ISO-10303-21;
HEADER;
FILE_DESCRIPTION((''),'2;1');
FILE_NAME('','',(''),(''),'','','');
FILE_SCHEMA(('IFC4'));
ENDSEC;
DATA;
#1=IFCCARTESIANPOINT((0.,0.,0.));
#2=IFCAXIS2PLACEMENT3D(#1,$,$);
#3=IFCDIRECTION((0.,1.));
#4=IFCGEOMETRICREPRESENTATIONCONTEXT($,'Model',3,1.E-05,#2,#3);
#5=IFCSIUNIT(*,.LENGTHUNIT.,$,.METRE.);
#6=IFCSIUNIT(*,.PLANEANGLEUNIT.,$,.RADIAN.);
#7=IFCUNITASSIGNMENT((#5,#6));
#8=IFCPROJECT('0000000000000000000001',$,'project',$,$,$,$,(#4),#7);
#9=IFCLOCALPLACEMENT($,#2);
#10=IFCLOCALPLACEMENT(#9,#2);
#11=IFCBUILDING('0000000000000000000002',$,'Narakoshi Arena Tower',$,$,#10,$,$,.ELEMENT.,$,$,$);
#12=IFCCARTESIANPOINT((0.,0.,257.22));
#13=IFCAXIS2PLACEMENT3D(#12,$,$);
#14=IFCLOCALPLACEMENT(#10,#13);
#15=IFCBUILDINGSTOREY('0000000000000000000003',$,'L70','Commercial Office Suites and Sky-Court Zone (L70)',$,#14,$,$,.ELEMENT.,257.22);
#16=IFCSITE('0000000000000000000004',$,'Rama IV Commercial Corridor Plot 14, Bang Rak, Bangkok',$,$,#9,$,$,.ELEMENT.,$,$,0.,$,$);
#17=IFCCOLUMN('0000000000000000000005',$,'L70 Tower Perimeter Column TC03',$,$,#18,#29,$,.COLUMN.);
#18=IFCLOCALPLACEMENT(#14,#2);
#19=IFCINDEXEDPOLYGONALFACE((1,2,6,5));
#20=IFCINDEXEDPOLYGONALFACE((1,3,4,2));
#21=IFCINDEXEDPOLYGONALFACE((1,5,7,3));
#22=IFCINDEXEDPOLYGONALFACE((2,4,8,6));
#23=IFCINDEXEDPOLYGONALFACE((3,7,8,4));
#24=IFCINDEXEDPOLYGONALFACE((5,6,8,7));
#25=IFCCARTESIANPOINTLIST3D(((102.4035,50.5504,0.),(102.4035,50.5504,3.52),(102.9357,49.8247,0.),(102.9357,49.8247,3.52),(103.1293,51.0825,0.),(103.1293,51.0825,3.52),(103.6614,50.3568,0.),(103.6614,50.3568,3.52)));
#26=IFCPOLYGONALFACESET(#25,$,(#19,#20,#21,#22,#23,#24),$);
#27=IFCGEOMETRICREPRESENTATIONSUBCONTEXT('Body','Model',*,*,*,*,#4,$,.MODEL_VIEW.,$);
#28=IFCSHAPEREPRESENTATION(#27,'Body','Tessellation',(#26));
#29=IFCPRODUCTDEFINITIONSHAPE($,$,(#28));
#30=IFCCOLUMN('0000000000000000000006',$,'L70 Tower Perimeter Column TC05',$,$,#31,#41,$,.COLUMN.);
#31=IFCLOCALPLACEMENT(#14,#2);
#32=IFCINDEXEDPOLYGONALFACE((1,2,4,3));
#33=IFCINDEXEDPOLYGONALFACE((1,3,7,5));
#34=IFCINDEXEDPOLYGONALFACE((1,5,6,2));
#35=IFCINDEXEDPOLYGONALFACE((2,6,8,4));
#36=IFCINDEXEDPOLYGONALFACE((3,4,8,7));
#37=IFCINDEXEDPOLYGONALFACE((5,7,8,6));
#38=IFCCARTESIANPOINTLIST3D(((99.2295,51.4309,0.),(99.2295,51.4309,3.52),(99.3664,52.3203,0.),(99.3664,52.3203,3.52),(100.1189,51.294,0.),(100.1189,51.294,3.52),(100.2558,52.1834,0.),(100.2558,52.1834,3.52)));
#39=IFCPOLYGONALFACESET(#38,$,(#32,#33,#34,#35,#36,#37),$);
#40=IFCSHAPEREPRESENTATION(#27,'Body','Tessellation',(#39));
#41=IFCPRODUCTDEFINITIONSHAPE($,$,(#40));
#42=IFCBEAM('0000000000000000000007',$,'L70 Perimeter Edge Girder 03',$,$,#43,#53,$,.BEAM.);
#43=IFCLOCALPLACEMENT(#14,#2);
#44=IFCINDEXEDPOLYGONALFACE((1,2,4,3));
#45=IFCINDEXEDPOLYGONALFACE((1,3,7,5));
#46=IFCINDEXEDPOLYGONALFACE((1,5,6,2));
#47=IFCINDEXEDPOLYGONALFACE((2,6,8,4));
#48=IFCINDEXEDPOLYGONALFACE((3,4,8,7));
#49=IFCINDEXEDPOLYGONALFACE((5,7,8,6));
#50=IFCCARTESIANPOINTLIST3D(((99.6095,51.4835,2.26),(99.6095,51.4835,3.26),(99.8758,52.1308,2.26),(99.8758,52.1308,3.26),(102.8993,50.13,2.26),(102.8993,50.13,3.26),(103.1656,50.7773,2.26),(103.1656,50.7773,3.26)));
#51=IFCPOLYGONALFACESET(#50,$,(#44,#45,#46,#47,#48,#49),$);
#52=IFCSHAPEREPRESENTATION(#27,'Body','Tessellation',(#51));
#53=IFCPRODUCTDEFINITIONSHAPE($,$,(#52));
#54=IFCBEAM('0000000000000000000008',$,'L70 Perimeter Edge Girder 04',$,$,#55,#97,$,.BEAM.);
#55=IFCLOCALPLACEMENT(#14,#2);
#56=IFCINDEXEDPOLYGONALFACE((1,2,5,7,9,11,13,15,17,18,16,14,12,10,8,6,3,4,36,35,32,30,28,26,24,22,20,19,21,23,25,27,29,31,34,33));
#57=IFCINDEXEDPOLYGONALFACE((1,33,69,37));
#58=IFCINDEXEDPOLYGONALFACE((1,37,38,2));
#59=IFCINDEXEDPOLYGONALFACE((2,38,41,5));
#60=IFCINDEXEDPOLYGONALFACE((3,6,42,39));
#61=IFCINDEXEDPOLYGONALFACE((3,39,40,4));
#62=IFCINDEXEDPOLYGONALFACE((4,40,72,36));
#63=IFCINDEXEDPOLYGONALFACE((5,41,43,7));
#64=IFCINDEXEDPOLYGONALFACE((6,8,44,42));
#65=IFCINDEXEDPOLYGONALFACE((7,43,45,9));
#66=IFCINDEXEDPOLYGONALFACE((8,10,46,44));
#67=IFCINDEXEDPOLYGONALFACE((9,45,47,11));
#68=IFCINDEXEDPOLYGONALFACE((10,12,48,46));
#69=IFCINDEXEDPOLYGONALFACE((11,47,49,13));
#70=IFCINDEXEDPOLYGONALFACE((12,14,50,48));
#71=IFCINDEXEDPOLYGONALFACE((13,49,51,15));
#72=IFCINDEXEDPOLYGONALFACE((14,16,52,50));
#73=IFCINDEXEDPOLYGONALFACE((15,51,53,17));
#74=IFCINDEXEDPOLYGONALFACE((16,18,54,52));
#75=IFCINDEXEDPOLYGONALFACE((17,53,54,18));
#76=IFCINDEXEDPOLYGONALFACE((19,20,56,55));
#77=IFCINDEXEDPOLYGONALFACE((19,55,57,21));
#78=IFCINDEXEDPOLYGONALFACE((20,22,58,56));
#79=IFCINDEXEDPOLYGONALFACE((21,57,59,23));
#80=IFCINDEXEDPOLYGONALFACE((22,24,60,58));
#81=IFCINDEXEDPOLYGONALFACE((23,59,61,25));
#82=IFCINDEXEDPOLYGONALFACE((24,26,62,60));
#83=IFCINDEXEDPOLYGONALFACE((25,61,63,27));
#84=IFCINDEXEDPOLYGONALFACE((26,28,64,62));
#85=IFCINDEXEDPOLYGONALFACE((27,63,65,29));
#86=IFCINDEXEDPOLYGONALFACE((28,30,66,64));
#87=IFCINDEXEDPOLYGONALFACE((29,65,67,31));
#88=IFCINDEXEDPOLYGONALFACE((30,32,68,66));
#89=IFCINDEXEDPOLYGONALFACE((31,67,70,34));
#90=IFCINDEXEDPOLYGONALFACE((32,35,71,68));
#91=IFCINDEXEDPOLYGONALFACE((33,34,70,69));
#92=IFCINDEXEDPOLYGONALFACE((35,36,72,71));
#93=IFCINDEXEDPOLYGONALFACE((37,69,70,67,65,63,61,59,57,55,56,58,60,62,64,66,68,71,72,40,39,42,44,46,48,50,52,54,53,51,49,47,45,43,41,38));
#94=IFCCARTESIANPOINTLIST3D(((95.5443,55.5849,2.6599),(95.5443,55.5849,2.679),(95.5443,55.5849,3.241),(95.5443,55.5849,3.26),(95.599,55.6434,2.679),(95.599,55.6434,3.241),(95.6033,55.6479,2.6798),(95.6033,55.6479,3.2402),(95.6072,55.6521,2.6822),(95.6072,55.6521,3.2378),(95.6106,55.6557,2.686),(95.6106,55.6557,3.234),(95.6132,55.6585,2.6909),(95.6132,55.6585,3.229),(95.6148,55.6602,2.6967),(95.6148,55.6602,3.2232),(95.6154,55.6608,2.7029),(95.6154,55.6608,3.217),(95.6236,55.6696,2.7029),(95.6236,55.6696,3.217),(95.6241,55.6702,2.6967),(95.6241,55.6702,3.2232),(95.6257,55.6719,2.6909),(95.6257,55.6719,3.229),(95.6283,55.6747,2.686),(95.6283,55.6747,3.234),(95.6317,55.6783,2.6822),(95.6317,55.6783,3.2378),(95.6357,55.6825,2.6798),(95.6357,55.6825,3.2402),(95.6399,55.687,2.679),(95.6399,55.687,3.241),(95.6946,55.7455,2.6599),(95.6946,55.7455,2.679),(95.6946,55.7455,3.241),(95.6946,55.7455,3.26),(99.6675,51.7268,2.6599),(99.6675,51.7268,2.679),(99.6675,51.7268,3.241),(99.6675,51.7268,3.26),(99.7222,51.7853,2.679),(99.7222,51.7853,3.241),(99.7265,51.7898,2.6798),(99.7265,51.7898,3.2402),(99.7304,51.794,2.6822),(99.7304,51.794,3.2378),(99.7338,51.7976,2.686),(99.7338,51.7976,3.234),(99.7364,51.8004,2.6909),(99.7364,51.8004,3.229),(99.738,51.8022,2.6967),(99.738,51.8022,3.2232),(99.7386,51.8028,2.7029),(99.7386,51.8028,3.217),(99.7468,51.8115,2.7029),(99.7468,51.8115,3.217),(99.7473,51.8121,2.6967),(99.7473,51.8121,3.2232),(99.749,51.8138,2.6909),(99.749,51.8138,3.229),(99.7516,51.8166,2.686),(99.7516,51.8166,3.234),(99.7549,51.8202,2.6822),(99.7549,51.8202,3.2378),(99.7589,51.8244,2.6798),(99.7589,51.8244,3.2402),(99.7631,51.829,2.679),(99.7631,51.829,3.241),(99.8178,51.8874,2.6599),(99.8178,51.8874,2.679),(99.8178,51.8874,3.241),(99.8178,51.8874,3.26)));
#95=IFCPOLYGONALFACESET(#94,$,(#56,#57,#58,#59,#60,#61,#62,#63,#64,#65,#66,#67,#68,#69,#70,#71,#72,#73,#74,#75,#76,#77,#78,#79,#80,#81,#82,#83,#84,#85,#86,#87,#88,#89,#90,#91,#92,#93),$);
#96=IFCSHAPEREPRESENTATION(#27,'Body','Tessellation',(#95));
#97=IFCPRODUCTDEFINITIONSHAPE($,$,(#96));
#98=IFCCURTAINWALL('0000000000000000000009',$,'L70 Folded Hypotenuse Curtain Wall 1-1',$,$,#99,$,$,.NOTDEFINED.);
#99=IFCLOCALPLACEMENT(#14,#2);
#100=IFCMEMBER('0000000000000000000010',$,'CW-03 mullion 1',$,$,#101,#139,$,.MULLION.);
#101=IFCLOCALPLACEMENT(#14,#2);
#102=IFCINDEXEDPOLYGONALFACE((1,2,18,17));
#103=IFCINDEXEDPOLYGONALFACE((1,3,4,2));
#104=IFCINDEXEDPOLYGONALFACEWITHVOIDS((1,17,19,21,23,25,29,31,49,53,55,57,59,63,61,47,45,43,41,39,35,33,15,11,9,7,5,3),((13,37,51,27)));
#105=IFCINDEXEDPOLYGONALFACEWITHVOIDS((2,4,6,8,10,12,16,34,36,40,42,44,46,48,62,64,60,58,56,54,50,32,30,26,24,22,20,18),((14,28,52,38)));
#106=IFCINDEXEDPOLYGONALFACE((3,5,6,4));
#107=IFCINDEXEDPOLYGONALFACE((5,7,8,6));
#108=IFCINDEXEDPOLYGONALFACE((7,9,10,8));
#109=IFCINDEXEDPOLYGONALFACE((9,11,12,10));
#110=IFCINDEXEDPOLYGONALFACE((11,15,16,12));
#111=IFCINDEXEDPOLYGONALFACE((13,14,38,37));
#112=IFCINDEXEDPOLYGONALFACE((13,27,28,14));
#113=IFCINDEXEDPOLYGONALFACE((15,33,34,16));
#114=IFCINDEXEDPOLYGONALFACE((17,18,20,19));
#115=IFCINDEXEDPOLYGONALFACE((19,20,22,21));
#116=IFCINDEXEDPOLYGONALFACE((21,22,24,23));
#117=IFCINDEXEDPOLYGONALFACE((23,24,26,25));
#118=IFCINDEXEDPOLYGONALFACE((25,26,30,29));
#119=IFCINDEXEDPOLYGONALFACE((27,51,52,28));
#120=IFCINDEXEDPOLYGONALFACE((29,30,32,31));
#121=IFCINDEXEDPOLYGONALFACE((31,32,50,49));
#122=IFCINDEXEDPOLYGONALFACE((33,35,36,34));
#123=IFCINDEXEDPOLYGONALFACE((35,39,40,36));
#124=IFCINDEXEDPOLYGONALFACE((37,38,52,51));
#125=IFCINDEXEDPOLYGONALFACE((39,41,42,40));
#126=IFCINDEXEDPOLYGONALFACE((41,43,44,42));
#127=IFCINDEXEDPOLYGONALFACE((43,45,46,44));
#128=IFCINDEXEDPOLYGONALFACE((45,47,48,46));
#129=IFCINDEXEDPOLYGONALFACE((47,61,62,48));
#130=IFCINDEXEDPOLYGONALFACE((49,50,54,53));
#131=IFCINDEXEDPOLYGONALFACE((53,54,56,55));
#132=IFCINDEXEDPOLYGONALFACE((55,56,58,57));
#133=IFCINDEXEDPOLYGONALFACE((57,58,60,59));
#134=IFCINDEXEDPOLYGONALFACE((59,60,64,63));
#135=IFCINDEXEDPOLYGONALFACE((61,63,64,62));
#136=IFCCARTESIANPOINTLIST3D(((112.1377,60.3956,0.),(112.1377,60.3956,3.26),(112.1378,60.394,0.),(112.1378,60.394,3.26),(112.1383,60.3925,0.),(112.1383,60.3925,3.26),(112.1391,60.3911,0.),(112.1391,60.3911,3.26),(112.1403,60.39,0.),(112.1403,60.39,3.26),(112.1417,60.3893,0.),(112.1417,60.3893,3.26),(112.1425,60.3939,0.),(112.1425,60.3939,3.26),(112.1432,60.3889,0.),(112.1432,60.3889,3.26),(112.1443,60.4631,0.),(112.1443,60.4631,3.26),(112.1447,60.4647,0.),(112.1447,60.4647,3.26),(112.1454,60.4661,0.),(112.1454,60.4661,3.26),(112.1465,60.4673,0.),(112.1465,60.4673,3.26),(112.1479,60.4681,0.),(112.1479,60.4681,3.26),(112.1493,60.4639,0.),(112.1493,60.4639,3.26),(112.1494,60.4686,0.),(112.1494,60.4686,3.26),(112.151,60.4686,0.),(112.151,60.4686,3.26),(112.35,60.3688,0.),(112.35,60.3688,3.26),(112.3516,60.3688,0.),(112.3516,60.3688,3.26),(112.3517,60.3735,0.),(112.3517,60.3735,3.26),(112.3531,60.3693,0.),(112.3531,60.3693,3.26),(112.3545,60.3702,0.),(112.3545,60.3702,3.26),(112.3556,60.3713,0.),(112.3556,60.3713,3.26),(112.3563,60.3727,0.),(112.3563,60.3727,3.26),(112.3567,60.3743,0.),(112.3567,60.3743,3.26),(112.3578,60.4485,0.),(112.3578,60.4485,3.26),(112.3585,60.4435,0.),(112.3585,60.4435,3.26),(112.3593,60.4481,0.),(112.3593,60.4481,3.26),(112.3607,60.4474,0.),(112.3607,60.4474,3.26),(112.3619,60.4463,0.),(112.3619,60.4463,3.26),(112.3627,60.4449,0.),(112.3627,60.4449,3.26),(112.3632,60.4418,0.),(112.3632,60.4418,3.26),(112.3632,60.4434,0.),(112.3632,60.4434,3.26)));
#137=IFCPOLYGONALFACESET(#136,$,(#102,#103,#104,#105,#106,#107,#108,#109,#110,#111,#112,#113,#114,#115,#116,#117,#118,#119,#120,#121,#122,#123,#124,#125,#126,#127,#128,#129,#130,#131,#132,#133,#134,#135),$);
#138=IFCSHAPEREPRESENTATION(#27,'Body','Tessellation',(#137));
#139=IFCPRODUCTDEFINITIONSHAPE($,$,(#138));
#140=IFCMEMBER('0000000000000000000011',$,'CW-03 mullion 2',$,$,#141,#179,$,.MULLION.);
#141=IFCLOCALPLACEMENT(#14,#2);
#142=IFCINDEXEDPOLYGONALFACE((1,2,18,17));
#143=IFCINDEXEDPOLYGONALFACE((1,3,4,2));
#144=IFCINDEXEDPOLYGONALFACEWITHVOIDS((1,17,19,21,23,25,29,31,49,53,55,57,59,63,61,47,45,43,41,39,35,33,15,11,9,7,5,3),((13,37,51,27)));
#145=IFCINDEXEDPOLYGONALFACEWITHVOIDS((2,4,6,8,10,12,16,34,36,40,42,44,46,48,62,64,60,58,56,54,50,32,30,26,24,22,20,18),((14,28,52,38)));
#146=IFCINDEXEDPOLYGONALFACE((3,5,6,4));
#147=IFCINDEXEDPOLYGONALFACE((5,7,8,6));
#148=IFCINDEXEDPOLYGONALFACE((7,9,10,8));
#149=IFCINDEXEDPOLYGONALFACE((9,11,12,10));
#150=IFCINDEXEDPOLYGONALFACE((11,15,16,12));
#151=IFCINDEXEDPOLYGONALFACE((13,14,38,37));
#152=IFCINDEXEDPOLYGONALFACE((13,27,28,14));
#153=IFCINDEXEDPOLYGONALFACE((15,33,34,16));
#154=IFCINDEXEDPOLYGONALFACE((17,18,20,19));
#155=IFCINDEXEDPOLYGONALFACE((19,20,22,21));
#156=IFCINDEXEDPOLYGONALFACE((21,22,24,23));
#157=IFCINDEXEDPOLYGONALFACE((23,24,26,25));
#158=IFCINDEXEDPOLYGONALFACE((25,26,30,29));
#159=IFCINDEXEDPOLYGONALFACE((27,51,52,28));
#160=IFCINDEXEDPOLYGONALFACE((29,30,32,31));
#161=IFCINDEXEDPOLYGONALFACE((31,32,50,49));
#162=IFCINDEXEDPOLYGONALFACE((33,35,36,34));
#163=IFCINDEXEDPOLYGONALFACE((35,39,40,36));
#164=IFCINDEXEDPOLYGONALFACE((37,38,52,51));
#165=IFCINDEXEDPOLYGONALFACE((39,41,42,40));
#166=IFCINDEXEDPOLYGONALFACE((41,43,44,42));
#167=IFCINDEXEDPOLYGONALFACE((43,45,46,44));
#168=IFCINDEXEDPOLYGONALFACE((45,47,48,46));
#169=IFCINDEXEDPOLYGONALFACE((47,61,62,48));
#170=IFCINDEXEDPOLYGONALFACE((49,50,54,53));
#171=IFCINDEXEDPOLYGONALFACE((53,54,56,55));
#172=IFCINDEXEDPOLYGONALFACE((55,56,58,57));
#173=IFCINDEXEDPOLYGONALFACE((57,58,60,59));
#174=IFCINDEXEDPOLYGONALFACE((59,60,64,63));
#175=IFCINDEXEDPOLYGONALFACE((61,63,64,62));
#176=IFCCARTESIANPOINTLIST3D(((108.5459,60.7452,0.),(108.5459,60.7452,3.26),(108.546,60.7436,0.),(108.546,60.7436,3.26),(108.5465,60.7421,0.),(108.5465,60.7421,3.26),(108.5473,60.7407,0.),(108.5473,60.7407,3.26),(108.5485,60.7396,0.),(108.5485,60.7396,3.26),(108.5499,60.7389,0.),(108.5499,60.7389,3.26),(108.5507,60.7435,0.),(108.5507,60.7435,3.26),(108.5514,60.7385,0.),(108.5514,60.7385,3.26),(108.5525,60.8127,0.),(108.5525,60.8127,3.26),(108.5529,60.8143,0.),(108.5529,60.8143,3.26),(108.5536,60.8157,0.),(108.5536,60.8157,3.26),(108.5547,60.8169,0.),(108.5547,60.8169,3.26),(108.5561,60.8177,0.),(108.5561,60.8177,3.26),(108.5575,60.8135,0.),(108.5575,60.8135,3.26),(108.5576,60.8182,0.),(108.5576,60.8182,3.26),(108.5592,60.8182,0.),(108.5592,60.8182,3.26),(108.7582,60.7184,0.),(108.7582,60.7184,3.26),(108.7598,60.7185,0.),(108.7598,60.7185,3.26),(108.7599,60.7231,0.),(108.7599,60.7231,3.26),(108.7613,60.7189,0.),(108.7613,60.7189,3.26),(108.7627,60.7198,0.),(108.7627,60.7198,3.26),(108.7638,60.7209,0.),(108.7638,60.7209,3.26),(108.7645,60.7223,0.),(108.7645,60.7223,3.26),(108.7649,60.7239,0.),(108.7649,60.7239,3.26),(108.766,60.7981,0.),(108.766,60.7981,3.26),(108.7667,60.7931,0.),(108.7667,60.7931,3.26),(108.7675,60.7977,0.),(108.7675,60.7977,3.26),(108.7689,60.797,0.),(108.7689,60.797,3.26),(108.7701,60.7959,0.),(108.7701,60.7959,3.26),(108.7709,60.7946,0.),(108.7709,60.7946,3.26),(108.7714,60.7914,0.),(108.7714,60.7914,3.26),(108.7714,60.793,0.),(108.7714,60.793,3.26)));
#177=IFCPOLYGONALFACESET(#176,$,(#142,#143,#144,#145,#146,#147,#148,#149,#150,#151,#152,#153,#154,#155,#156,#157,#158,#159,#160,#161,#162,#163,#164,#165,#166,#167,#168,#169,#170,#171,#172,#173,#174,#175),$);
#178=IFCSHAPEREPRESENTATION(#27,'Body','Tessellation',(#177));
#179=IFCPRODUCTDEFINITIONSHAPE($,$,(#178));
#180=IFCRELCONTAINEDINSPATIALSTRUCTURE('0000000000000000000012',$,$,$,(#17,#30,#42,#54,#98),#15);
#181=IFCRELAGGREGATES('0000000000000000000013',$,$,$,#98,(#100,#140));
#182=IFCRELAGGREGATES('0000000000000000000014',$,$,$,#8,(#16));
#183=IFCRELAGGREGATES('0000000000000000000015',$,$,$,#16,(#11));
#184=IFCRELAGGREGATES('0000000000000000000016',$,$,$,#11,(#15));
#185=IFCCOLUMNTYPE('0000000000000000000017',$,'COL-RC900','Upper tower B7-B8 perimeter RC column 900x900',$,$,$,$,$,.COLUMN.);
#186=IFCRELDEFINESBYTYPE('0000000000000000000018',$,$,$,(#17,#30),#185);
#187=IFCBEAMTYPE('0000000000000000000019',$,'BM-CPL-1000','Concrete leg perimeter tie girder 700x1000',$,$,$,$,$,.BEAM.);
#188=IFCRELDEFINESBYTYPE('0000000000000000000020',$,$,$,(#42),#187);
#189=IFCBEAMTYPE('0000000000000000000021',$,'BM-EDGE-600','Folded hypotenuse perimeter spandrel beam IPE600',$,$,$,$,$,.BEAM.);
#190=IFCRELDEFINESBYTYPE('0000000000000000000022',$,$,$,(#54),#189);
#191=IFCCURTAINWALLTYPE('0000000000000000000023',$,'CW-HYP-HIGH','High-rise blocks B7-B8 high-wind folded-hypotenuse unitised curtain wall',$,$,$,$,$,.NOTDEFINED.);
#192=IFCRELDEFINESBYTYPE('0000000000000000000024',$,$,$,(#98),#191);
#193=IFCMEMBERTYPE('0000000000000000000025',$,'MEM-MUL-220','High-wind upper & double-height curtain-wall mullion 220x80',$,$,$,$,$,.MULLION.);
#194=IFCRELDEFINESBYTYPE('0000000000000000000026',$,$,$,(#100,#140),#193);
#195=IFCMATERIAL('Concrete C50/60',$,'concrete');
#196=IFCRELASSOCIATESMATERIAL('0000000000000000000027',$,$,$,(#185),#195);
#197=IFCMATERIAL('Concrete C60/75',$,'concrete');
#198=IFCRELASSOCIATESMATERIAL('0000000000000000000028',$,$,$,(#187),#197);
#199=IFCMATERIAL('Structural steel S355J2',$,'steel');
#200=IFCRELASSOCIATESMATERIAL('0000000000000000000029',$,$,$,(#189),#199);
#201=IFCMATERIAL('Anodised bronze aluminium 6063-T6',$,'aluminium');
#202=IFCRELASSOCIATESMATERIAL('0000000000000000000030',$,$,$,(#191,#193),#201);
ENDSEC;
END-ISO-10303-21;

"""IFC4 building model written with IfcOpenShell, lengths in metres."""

from ifc_helpers import new_model, si_unit, direction, frame, origin, origin_2d, place, context, subcontext, project, spatial, rectangle, hollow_rectangle, i_section, extrude, material, material_profile, profile_set, type_object, element, aggregate, save


model = new_model("IFC4")

# Units and contexts
model_context = context("Model", 3, precision=1e-05, world=origin(), true_north=direction((0.0, 1.0)))
body_context = subcontext(model_context, "Body", "Model", "MODEL_VIEW")
ifc_project = project(units=[si_unit("LENGTHUNIT", "METRE"), si_unit("PLANEANGLEUNIT", "RADIAN")], contexts=[model_context])

# Site, building, storey
site_placement = place(None, origin())
site = spatial("IfcSite", under=ifc_project, at=site_placement, Name="Rama IV Commercial Corridor Plot 14, Bang Rak, Bangkok", CompositionType="ELEMENT", RefElevation=0.0)
building_placement = place(site_placement, origin())
building = spatial("IfcBuilding", under=site, at=building_placement, Name="Narakoshi Arena Tower", CompositionType="ELEMENT")
storey_placement = place(building_placement, frame((0.0, 0.0, 257.22)))
storey = spatial("IfcBuildingStorey", under=building, at=storey_placement, Name="L70", Description="Commercial Office Suites and Sky-Court Zone (L70)", CompositionType="ELEMENT", Elevation=257.22)

# Columns
ifc_material_1 = material(Name="Concrete C50/60", Category="concrete")
ifc_material_profile_1 = material_profile(ifc_material_1, rectangle(XDim=0.8999, YDim=0.8999, at=origin_2d()), Name="RC900x900")
ifc_profile_set_1 = profile_set([ifc_material_profile_1], Name="Concrete C50/60")
column_type = type_object("IfcColumnType", Name="COL-RC900", Description="Upper tower B7-B8 perimeter RC column 900x900", PredefinedType="COLUMN", material=ifc_profile_set_1)
for number, where, z_axis, x_axis, name in (
    (1, (103.0325, 50.4536, 0.0), (0.0, 0.0, 1.0), (0.806445, 0.59131, 0.0), "L70 Tower Perimeter Column TC03"),
    (2, (99.7427, 51.8071, 0.0), (0.0, 0.0, 1.0), (0.152123, 0.988362, 0.0), "L70 Tower Perimeter Column TC05"),
):
    element("IfcColumn", number, at=place(storey_placement, frame(where, z_axis=z_axis, x_axis=x_axis)), inside=storey, type_object=column_type, Name=name, PredefinedType="COLUMN", context=body_context, shape_type="SweptSolid", body=[
        extrude(rectangle(XDim=0.8999, YDim=0.8999, at=origin_2d()), origin(), (0.0, 0.0, 1.0), 3.52),
    ])

# Beams
ifc_material_2 = material(Name="Concrete C60/75", Category="concrete")
ifc_material_profile_2 = material_profile(ifc_material_2, rectangle(XDim=0.7, YDim=1.0, at=origin_2d()), Name="RCB700x1000")
ifc_profile_set_2 = profile_set([ifc_material_profile_2], Name="Concrete C60/75")
beam_type_1 = type_object("IfcBeamType", Name="BM-CPL-1000", Description="Concrete leg perimeter tie girder 700x1000", PredefinedType="BEAM", material=ifc_profile_set_2)
beam_1_placement = place(storey_placement, frame((103.0325, 50.4536, 2.76), z_axis=(-0.924788, 0.380484, 0.0), x_axis=(-0.380484, -0.924788, 0.0)))
element("IfcBeam", 3, at=beam_1_placement, inside=storey, type_object=beam_type_1, Name="L70 Perimeter Edge Girder 03", PredefinedType="BEAM", context=body_context, shape_type="SweptSolid", body=[
    extrude(rectangle(XDim=0.7, YDim=1.0, at=origin_2d()), origin(), (0.0, 0.0, 1.0), 3.5574),
])
ifc_material_3 = material(Name="Structural steel S355J2", Category="steel")
ifc_material_profile_3 = material_profile(ifc_material_3, i_section(OverallWidth=0.22, OverallDepth=0.6001, WebThickness=0.012, FlangeThickness=0.019, FilletRadius=0.0239, at=origin_2d()), Name="IPE600")
ifc_profile_set_3 = profile_set([ifc_material_profile_3], Name="Structural steel S355J2")
beam_type_2 = type_object("IfcBeamType", Name="BM-EDGE-600", Description="Folded hypotenuse perimeter spandrel beam IPE600", PredefinedType="BEAM", material=ifc_profile_set_3)
beam_2_placement = place(storey_placement, frame((99.7427, 51.8071, 2.96), z_axis=(-0.730193, 0.68324, 0.0), x_axis=(-0.68324, -0.730193, 0.0)))
element("IfcBeam", 4, at=beam_2_placement, inside=storey, type_object=beam_type_2, Name="L70 Perimeter Edge Girder 04", PredefinedType="BEAM", context=body_context, shape_type="SweptSolid", body=[
    extrude(i_section(OverallWidth=0.22, OverallDepth=0.6001, WebThickness=0.012, FlangeThickness=0.019, FilletRadius=0.0239, at=origin_2d()), origin(), (0.0, 0.0, 1.0), 5.6467),
])

# Curtain wall, members
ifc_material_4 = material(Name="Anodised bronze aluminium 6063-T6", Category="aluminium")
curtain_wall_type = type_object("IfcCurtainWallType", Name="CW-HYP-HIGH", Description="High-rise blocks B7-B8 high-wind folded-hypotenuse unitised curtain wall", PredefinedType="NOTDEFINED", material=ifc_material_4)
curtain_wall_placement = place(storey_placement, origin())
curtain_wall = element("IfcCurtainWall", 5, at=curtain_wall_placement, inside=storey, type_object=curtain_wall_type, Name="L70 Folded Hypotenuse Curtain Wall 1-1", PredefinedType="NOTDEFINED")
ifc_material_profile_4 = material_profile(ifc_material_4, hollow_rectangle(XDim=0.0801, YDim=0.22, WallThickness=0.0049, OuterFilletRadius=0.0061, at=origin_2d()), Name="MUL220x80x5")
ifc_profile_set_4 = profile_set([ifc_material_profile_4], Name="Anodised bronze aluminium 6063-T6")
member_type_1 = type_object("IfcMemberType", Name="MEM-MUL-220", Description="High-wind upper & double-height curtain-wall mullion 220x80", PredefinedType="MULLION", material=ifc_profile_set_4)
member_1_placement = place(storey_placement, frame((112.2505, 60.4187, 0.0), z_axis=(0.0, 0.0, 1.0), x_axis=(-0.096851, -0.995299, 0.0)))
member_1 = element("IfcMember", 6, at=member_1_placement, type_object=member_type_1, Name="CW-03 mullion 1", PredefinedType="MULLION", context=body_context, shape_type="SweptSolid", body=[
    extrude(hollow_rectangle(XDim=0.0801, YDim=0.22, WallThickness=0.0049, OuterFilletRadius=0.0061, at=origin_2d()), origin(), (0.0, 0.0, 1.0), 3.26),
])
member_2_placement = place(storey_placement, frame((108.6587, 60.7683, 0.0), z_axis=(0.0, 0.0, 1.0), x_axis=(-0.096851, -0.995299, 0.0)))
member_2 = element("IfcMember", 7, at=member_2_placement, type_object=member_type_1, Name="CW-03 mullion 2", PredefinedType="MULLION", context=body_context, shape_type="SweptSolid", body=[
    extrude(hollow_rectangle(XDim=0.0801, YDim=0.22, WallThickness=0.0049, OuterFilletRadius=0.0061, at=origin_2d()), origin(), (0.0, 0.0, 1.0), 3.26),
])
aggregate(curtain_wall, [member_1, member_2])

save(model, "model.ifc")
